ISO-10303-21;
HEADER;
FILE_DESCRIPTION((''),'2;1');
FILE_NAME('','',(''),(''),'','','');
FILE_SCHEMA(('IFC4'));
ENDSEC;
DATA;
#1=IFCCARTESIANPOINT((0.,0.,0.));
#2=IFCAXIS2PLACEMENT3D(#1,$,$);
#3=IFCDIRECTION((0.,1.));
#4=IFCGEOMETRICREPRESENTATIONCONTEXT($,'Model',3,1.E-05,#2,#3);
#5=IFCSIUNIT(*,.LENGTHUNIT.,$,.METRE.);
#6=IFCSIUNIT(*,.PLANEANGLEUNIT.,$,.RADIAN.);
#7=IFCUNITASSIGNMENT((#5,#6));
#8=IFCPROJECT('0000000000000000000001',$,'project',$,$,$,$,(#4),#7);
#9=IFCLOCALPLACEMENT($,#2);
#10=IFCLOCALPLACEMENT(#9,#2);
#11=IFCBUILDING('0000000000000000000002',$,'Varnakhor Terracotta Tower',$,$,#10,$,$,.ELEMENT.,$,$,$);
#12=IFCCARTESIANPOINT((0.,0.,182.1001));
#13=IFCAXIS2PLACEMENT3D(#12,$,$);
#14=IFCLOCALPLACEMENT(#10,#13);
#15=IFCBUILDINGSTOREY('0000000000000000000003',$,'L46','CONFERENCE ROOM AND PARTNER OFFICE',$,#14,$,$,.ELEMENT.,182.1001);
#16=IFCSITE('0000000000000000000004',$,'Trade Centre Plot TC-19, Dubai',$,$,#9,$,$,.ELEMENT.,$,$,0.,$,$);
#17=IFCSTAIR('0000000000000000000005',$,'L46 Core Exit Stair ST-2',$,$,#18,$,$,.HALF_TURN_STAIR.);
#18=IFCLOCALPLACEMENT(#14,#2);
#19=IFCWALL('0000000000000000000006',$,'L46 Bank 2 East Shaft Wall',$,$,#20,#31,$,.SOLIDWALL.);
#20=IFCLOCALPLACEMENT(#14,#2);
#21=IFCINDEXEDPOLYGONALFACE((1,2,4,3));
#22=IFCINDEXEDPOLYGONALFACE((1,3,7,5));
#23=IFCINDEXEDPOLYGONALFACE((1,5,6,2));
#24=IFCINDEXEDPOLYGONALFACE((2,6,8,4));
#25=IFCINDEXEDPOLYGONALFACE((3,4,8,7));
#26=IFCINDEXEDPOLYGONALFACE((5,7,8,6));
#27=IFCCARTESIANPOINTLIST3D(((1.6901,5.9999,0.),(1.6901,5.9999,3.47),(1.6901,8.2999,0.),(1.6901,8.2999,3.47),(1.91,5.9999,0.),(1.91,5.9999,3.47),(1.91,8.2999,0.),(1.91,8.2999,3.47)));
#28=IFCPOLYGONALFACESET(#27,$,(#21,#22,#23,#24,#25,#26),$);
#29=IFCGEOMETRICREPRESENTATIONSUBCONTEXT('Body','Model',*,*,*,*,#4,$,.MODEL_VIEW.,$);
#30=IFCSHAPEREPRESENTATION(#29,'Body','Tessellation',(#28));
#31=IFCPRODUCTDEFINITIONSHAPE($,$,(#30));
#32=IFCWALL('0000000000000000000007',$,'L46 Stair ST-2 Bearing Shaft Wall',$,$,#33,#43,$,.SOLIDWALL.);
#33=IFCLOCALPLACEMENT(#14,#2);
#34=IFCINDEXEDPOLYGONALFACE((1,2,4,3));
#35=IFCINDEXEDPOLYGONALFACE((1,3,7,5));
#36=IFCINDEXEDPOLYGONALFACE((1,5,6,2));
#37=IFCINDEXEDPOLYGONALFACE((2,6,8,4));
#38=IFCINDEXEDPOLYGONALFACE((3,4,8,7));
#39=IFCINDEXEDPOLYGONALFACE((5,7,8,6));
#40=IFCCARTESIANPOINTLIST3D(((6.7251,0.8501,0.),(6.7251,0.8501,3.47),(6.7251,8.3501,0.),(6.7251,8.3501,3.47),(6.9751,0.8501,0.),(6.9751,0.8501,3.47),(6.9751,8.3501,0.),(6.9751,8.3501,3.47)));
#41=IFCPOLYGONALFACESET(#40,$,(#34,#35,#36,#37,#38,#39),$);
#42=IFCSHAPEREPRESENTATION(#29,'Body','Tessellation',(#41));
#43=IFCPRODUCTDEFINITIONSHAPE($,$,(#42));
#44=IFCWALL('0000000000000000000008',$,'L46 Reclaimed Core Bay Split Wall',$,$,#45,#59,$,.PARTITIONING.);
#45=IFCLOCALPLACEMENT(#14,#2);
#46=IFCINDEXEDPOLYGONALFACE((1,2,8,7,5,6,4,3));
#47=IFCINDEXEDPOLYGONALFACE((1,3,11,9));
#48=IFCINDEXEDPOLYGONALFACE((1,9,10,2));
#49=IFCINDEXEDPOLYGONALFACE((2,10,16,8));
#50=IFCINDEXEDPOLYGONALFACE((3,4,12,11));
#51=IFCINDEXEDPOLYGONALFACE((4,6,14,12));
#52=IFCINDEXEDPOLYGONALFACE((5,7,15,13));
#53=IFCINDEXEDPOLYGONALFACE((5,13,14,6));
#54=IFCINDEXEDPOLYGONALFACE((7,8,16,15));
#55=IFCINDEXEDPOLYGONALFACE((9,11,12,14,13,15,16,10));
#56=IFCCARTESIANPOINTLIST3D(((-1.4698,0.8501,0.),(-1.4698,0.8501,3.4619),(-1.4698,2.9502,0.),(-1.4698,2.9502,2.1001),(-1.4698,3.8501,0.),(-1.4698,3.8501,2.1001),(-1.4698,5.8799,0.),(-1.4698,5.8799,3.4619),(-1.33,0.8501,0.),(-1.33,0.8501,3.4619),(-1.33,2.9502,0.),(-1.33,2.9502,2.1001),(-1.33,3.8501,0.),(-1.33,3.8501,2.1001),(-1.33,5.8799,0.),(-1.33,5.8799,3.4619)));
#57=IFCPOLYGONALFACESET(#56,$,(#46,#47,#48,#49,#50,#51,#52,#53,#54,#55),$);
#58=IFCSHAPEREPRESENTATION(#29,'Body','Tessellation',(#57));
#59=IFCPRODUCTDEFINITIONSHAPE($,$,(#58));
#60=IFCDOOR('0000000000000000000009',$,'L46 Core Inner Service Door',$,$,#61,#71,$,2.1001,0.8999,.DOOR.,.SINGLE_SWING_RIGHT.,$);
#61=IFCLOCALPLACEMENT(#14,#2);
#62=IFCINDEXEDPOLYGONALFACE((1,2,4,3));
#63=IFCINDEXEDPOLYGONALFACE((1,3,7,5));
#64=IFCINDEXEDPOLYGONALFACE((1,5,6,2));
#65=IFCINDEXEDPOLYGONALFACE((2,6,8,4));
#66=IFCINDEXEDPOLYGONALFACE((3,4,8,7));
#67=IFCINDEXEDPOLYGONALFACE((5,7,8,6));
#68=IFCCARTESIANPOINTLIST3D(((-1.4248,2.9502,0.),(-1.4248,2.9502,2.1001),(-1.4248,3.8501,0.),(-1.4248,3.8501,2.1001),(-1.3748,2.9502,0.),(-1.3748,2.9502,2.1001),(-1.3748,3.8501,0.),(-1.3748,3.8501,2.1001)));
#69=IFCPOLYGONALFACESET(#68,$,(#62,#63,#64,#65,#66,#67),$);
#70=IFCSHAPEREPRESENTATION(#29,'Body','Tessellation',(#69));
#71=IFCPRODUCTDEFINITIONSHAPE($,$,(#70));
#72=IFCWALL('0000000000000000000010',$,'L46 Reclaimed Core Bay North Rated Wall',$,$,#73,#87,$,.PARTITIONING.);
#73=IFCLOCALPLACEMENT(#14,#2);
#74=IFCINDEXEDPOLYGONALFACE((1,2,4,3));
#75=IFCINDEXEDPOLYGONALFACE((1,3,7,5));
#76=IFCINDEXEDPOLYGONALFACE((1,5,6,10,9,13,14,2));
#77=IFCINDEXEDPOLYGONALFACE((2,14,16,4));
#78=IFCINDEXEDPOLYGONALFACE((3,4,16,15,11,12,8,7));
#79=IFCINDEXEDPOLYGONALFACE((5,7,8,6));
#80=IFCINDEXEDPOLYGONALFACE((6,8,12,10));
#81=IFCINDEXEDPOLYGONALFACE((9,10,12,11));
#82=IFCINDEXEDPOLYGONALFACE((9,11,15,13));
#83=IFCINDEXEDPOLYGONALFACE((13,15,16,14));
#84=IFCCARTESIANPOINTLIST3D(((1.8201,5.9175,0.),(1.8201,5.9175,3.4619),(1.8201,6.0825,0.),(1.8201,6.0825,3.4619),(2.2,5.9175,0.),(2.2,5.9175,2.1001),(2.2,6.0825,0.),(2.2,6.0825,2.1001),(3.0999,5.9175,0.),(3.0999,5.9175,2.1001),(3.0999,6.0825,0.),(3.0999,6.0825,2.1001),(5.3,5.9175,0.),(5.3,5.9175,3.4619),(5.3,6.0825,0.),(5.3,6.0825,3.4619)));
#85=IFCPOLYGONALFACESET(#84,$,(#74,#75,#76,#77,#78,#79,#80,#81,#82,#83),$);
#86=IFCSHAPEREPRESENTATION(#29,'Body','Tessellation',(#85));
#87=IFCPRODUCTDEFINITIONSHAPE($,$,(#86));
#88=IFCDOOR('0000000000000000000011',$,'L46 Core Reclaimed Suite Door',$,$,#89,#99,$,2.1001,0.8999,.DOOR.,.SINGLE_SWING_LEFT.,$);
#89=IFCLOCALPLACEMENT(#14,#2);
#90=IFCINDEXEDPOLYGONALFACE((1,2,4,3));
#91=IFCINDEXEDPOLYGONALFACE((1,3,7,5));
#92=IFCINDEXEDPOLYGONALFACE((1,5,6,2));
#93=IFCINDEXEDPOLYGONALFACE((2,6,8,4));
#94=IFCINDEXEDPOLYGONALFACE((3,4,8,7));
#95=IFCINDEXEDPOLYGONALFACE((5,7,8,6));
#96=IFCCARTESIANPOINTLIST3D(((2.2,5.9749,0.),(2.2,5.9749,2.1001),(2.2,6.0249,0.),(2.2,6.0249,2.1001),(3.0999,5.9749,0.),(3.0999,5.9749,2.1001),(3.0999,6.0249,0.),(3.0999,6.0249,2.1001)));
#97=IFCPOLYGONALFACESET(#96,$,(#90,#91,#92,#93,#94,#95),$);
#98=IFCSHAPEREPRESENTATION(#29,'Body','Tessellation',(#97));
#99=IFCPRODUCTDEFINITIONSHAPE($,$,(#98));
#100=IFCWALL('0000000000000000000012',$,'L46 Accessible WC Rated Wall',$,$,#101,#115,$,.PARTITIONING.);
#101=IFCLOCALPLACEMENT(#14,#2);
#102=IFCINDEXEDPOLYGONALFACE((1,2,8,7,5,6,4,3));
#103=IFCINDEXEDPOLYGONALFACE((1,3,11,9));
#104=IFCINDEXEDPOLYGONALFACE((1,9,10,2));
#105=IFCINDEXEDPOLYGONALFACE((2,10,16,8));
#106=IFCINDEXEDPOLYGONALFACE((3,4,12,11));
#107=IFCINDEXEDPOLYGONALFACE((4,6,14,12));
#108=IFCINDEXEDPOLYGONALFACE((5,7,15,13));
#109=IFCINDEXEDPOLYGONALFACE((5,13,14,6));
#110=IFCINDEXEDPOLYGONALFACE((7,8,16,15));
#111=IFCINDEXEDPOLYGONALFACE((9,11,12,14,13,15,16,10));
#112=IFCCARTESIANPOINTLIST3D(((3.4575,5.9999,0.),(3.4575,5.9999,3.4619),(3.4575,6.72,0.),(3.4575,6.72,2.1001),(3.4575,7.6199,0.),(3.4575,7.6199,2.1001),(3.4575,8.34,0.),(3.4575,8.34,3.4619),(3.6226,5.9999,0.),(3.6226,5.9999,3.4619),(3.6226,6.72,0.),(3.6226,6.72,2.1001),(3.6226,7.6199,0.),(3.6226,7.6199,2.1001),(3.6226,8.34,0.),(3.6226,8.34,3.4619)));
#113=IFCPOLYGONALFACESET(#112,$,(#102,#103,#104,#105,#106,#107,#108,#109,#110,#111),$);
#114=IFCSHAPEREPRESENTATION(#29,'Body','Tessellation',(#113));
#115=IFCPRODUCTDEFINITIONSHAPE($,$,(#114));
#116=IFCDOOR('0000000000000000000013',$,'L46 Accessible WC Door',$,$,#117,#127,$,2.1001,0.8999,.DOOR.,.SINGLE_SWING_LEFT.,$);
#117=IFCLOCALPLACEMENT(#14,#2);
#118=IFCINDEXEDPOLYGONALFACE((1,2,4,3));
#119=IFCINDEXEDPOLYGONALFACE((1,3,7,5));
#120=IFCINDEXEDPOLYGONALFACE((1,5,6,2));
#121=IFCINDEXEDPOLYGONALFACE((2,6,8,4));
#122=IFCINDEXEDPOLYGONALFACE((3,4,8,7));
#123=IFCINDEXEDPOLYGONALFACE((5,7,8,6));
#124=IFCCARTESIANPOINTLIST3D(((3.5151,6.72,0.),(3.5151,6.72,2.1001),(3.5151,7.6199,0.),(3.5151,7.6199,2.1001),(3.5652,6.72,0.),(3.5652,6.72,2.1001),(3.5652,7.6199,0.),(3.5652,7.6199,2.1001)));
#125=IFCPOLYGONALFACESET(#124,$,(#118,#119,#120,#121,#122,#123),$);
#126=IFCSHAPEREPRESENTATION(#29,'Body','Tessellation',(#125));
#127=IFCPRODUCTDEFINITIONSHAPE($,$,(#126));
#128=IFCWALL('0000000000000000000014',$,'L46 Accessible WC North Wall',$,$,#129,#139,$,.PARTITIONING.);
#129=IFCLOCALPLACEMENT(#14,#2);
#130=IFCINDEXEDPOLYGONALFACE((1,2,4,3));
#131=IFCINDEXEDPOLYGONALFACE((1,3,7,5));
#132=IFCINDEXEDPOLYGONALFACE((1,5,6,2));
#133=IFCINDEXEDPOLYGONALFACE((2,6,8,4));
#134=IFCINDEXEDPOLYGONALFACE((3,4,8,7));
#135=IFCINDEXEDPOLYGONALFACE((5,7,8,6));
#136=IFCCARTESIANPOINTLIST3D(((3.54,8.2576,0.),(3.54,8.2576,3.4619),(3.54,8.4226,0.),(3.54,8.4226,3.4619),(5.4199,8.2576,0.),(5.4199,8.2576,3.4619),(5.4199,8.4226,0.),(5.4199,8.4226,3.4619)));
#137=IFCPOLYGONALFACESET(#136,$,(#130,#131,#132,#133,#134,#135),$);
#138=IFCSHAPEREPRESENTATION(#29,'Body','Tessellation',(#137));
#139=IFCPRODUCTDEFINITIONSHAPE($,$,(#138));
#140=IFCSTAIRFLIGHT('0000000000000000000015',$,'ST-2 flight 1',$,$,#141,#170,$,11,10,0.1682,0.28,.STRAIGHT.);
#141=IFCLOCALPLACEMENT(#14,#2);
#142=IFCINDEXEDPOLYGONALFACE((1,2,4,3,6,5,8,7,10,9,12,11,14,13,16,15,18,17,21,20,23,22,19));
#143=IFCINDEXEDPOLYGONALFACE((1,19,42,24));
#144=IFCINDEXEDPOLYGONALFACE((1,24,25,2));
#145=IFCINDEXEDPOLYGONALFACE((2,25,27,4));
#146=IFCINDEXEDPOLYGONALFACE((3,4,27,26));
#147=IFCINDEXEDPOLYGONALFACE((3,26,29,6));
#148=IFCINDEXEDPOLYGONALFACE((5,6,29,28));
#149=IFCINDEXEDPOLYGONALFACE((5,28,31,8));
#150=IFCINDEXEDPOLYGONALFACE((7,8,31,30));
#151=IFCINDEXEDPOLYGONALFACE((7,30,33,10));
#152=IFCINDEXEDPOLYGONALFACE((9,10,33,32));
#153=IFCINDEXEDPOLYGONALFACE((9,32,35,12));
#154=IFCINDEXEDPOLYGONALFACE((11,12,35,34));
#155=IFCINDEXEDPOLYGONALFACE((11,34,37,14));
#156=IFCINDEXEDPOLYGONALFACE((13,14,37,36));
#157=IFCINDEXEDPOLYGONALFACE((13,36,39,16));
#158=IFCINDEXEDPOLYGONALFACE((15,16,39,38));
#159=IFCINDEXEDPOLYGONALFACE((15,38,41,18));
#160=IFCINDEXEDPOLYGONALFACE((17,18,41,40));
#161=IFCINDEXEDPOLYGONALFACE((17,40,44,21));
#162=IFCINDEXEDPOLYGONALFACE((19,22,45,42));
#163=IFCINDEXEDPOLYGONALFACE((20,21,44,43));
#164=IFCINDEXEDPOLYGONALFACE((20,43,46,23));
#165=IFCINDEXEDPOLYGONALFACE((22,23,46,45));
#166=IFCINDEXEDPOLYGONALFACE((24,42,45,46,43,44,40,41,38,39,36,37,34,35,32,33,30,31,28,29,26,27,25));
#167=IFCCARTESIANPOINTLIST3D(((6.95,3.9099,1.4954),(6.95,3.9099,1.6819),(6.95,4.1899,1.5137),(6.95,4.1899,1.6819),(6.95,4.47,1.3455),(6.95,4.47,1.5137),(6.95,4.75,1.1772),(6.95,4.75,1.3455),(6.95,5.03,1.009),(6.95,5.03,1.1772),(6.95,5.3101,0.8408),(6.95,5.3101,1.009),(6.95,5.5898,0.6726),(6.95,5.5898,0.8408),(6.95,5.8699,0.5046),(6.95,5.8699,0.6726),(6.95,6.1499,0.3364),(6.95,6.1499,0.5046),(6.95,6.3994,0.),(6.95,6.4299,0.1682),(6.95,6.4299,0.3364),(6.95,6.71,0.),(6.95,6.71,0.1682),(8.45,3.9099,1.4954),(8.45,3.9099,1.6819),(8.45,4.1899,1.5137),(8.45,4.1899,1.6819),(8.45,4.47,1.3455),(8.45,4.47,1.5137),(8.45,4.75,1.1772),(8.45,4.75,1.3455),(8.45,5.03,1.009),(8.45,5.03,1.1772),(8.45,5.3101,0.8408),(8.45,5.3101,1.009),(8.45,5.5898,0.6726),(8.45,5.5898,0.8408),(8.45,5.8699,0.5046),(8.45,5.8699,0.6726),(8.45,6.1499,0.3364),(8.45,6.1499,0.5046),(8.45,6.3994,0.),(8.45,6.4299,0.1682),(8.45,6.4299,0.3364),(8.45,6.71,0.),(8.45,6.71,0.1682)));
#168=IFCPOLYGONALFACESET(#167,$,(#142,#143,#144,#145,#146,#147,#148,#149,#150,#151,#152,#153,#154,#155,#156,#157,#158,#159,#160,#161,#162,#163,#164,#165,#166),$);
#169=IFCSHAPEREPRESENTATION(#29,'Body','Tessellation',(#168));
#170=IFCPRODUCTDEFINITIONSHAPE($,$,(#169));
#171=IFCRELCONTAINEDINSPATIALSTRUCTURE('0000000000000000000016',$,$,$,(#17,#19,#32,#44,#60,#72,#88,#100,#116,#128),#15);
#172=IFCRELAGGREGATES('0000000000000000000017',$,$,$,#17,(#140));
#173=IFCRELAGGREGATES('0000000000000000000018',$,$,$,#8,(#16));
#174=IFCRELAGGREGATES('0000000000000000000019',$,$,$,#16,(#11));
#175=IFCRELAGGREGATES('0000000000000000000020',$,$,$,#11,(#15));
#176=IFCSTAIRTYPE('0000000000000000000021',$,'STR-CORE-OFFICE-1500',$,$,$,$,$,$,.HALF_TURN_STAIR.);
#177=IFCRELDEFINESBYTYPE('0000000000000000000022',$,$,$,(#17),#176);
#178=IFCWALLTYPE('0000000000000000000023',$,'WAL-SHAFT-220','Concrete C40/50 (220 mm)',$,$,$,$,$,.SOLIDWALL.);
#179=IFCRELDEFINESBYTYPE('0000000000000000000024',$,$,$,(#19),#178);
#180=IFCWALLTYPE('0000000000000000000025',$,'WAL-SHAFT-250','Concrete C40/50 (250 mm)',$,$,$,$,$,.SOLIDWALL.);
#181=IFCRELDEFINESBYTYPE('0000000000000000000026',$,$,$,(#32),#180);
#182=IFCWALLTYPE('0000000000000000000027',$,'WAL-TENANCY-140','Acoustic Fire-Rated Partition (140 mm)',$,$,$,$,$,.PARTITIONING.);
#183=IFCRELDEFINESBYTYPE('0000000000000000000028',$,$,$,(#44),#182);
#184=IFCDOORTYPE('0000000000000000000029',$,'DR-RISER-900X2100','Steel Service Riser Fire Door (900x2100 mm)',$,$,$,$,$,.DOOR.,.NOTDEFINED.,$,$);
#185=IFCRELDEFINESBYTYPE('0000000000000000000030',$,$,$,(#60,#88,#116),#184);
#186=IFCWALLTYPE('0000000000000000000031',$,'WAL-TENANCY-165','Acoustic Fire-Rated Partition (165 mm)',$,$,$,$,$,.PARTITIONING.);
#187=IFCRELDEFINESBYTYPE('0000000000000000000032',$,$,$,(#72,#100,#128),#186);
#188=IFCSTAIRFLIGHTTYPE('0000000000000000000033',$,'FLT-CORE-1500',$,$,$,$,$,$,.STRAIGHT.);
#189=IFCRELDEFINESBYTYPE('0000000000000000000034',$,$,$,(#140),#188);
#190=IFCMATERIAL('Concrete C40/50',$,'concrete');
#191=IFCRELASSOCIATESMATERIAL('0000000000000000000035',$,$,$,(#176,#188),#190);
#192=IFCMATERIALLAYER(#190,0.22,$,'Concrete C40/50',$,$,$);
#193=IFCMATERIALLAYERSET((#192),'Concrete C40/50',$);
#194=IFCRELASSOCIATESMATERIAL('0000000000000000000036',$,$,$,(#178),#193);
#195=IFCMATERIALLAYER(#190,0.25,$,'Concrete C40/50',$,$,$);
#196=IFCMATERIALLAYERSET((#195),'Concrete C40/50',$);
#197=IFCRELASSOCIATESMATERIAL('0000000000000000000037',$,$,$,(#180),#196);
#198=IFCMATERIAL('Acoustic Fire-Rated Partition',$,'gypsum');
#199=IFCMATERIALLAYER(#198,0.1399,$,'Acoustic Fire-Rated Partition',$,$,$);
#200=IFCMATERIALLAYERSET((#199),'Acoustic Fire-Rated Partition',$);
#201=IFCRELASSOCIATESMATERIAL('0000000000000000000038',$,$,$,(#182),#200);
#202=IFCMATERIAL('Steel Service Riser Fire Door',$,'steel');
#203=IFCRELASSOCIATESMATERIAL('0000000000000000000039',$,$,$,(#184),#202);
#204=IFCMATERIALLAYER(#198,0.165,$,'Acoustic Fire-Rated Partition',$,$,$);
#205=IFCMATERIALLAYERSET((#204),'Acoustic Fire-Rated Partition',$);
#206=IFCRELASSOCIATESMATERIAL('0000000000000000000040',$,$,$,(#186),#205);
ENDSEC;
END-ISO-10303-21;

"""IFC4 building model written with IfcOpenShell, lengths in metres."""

from ifc_helpers import new_model, si_unit, direction, frame, frame_2d, origin, place, context, subcontext, project, spatial, polyline, rectangle, outline, extrude, source, transform, mapped, material, layer, layer_set, type_object, type_shapes, element, fill, aggregate, save


model = new_model("IFC4")

# Units and contexts
model_context = context("Model", 3, precision=1e-05, world=origin(), true_north=direction((0.0, 1.0)))
body_context = subcontext(model_context, "Body", "Model", "MODEL_VIEW")
ifc_project = project(units=[si_unit("LENGTHUNIT", "METRE"), si_unit("PLANEANGLEUNIT", "RADIAN")], contexts=[model_context])

# Site, building, storey
site_placement = place(None, origin())
site = spatial("IfcSite", under=ifc_project, at=site_placement, Name="Trade Centre Plot TC-19, Dubai", CompositionType="ELEMENT", RefElevation=0.0)
building_placement = place(site_placement, origin())
building = spatial("IfcBuilding", under=site, at=building_placement, Name="Varnakhor Terracotta Tower", CompositionType="ELEMENT")
storey_placement = place(building_placement, frame((0.0, 0.0, 182.1001)))
storey = spatial("IfcBuildingStorey", under=building, at=storey_placement, Name="L46", Description="CONFERENCE ROOM AND PARTNER OFFICE", CompositionType="ELEMENT", Elevation=182.1001)

# Stair
ifc_material_1 = material(Name="Concrete C40/50", Category="concrete")
stair_type = type_object("IfcStairType", Name="STR-CORE-OFFICE-1500", PredefinedType="HALF_TURN_STAIR", material=ifc_material_1)
stair_1_placement = place(storey_placement, origin())
stair_1 = element("IfcStair", 1, at=stair_1_placement, inside=storey, type_object=stair_type, Name="L46 Core Exit Stair ST-2", PredefinedType="HALF_TURN_STAIR")

# Walls
ifc_layer_1 = layer(ifc_material_1, 0.22, Name="Concrete C40/50")
ifc_layer_set_1 = layer_set([ifc_layer_1], Name="Concrete C40/50")
wall_type_1 = type_object("IfcWallType", Name="WAL-SHAFT-220", Description="Concrete C40/50 (220 mm)", PredefinedType="SOLIDWALL", material=ifc_layer_set_1)
wall_1_placement = place(storey_placement, frame((1.8, 6.0, 0.0), z_axis=(0.0, 0.0, 1.0), x_axis=(0.0, 1.0, 0.0)))
element("IfcWall", 2, at=wall_1_placement, inside=storey, type_object=wall_type_1, Name="L46 Bank 2 East Shaft Wall", PredefinedType="SOLIDWALL", context=body_context, shape_type="SweptSolid", body=[
    extrude(rectangle(XDim=2.3, YDim=0.22, at=frame_2d((1.1499, 0.0))), origin(), (0.0, 0.0, 1.0), 3.47),
])
ifc_layer_2 = layer(ifc_material_1, 0.25, Name="Concrete C40/50")
ifc_layer_set_2 = layer_set([ifc_layer_2], Name="Concrete C40/50")
wall_type_2 = type_object("IfcWallType", Name="WAL-SHAFT-250", Description="Concrete C40/50 (250 mm)", PredefinedType="SOLIDWALL", material=ifc_layer_set_2)
wall_2_placement = place(storey_placement, frame((6.8501, 0.8501, 0.0), z_axis=(0.0, 0.0, 1.0), x_axis=(0.0, 1.0, 0.0)))
element("IfcWall", 3, at=wall_2_placement, inside=storey, type_object=wall_type_2, Name="L46 Stair ST-2 Bearing Shaft Wall", PredefinedType="SOLIDWALL", context=body_context, shape_type="SweptSolid", body=[
    extrude(rectangle(XDim=7.5, YDim=0.25, at=frame_2d((3.75, 0.0))), origin(), (0.0, 0.0, 1.0), 3.47),
])

# Walls, openings, doors
ifc_material_2 = material(Name="Acoustic Fire-Rated Partition", Category="gypsum")
ifc_layer_3 = layer(ifc_material_2, 0.1399, Name="Acoustic Fire-Rated Partition")
ifc_layer_set_3 = layer_set([ifc_layer_3], Name="Acoustic Fire-Rated Partition")
wall_type_3 = type_object("IfcWallType", Name="WAL-TENANCY-140", Description="Acoustic Fire-Rated Partition (140 mm)", PredefinedType="PARTITIONING", material=ifc_layer_set_3)
wall_3_placement = place(storey_placement, frame((-1.3999, 0.8501, 0.0), z_axis=(0.0, 0.0, 1.0), x_axis=(0.0, 1.0, 0.0)))
wall_3 = element("IfcWall", 4, at=wall_3_placement, inside=storey, type_object=wall_type_3, Name="L46 Reclaimed Core Bay Split Wall", PredefinedType="PARTITIONING", context=body_context, shape_type="SweptSolid", body=[
    extrude(rectangle(XDim=5.0298, YDim=0.1399, at=frame_2d((2.5149, 0.0))), origin(), (0.0, 0.0, 1.0), 3.4619),
])
opening_1_placement = place(wall_3_placement, frame((2.1001, 0.0, 0.0)))
opening_1 = element("IfcOpeningElement", 5, at=opening_1_placement, cuts=wall_3, PredefinedType="OPENING", context=body_context, shape_type="SweptSolid", body=[
    extrude(rectangle(XDim=0.8999, YDim=2.1001, at=frame_2d((0.45, 1.05))), frame((0.0, 0.0801, 0.0), z_axis=(0.0, -1.0, 0.0), x_axis=(1.0, 0.0, 0.0)), (0.0, 0.0, 1.0), 0.1599),
])
ifc_material_3 = material(Name="Steel Service Riser Fire Door", Category="steel")
door_type_1 = type_object("IfcDoorType", Name="DR-RISER-900X2100", Description="Steel Service Riser Fire Door (900x2100 mm)", OperationType="NOTDEFINED", PredefinedType="DOOR", material=ifc_material_3)
shared_shape_1 = source(origin(), body_context, "Body", "SweptSolid", [
    extrude(rectangle(XDim=0.8999, YDim=2.1001, at=frame_2d((0.45, 1.05))), frame((0.0, 0.0249, 0.0), z_axis=(0.0, -1.0, 0.0), x_axis=(1.0, 0.0, 0.0)), (0.0, 0.0, 1.0), 0.05),
])
type_shapes(door_type_1, [shared_shape_1])
door_1_placement = place(opening_1_placement, origin())
door_1 = element("IfcDoor", 6, at=door_1_placement, inside=storey, type_object=door_type_1, Name="L46 Core Inner Service Door", OperationType="SINGLE_SWING_RIGHT", OverallHeight=2.1001, OverallWidth=0.8999, PredefinedType="DOOR", context=body_context, shape_type="MappedRepresentation", body=[
    mapped(shared_shape_1, transform((0.0, 0.0, 0.0), scale=1.0)),
])
fill(opening_1, door_1)
ifc_layer_4 = layer(ifc_material_2, 0.165, Name="Acoustic Fire-Rated Partition")
ifc_layer_set_4 = layer_set([ifc_layer_4], Name="Acoustic Fire-Rated Partition")
wall_type_4 = type_object("IfcWallType", Name="WAL-TENANCY-165", Description="Acoustic Fire-Rated Partition (165 mm)", PredefinedType="PARTITIONING", material=ifc_layer_set_4)
wall_4_placement = place(storey_placement, frame((1.8201, 6.0, 0.0), z_axis=(0.0, 0.0, 1.0), x_axis=(1.0, 0.0, 0.0)))
wall_4 = element("IfcWall", 7, at=wall_4_placement, inside=storey, type_object=wall_type_4, Name="L46 Reclaimed Core Bay North Rated Wall", PredefinedType="PARTITIONING", context=body_context, shape_type="SweptSolid", body=[
    extrude(rectangle(XDim=3.48, YDim=0.165, at=frame_2d((1.74, 0.0))), origin(), (0.0, 0.0, 1.0), 3.4619),
])
opening_2_placement = place(wall_4_placement, frame((0.3799, 0.0, 0.0)))
opening_2 = element("IfcOpeningElement", 8, at=opening_2_placement, cuts=wall_4, PredefinedType="OPENING", context=body_context, shape_type="SweptSolid", body=[
    extrude(rectangle(XDim=0.8999, YDim=2.1001, at=frame_2d((0.45, 1.05))), frame((0.0, 0.0925, 0.0), z_axis=(0.0, -1.0, 0.0), x_axis=(1.0, 0.0, 0.0)), (0.0, 0.0, 1.0), 0.1851),
])
door_2_placement = place(opening_2_placement, origin())
door_2 = element("IfcDoor", 9, at=door_2_placement, inside=storey, type_object=door_type_1, Name="L46 Core Reclaimed Suite Door", OperationType="SINGLE_SWING_LEFT", OverallHeight=2.1001, OverallWidth=0.8999, PredefinedType="DOOR", context=body_context, shape_type="MappedRepresentation", body=[
    mapped(shared_shape_1, transform((0.0, 0.0, 0.0), scale=1.0)),
])
fill(opening_2, door_2)
wall_5_placement = place(storey_placement, frame((3.54, 6.0, 0.0), z_axis=(0.0, 0.0, 1.0), x_axis=(0.0, 1.0, 0.0)))
wall_5 = element("IfcWall", 10, at=wall_5_placement, inside=storey, type_object=wall_type_4, Name="L46 Accessible WC Rated Wall", PredefinedType="PARTITIONING", context=body_context, shape_type="SweptSolid", body=[
    extrude(rectangle(XDim=2.3401, YDim=0.165, at=frame_2d((1.1699, 0.0))), origin(), (0.0, 0.0, 1.0), 3.4619),
])
opening_3_placement = place(wall_5_placement, frame((0.72, 0.0, 0.0)))
opening_3 = element("IfcOpeningElement", 11, at=opening_3_placement, cuts=wall_5, PredefinedType="OPENING", context=body_context, shape_type="SweptSolid", body=[
    extrude(rectangle(XDim=0.8999, YDim=2.1001, at=frame_2d((0.45, 1.05))), frame((0.0, 0.0925, 0.0), z_axis=(0.0, -1.0, 0.0), x_axis=(1.0, 0.0, 0.0)), (0.0, 0.0, 1.0), 0.1851),
])
door_3_placement = place(opening_3_placement, origin())
door_3 = element("IfcDoor", 12, at=door_3_placement, inside=storey, type_object=door_type_1, Name="L46 Accessible WC Door", OperationType="SINGLE_SWING_LEFT", OverallHeight=2.1001, OverallWidth=0.8999, PredefinedType="DOOR", context=body_context, shape_type="MappedRepresentation", body=[
    mapped(shared_shape_1, transform((0.0, 0.0, 0.0), scale=1.0)),
])
fill(opening_3, door_3)

# Wall
wall_6_placement = place(storey_placement, frame((3.54, 8.3401, 0.0), z_axis=(0.0, 0.0, 1.0), x_axis=(1.0, 0.0, 0.0)))
element("IfcWall", 13, at=wall_6_placement, inside=storey, type_object=wall_type_4, Name="L46 Accessible WC North Wall", PredefinedType="PARTITIONING", context=body_context, shape_type="SweptSolid", body=[
    extrude(rectangle(XDim=1.8799, YDim=0.165, at=frame_2d((0.9399, 0.0))), origin(), (0.0, 0.0, 1.0), 3.4619),
])

# Stair flight
stair_flight_type = type_object("IfcStairFlightType", Name="FLT-CORE-1500", PredefinedType="STRAIGHT", material=ifc_material_1)
stair_flight_1_placement = place(storey_placement, frame((7.7, 6.71, 0.0), z_axis=(0.0, 0.0, 1.0), x_axis=(0.0, -1.0, 0.0)))
stair_flight_1 = element("IfcStairFlight", 14, at=stair_flight_1_placement, type_object=stair_flight_type, Name="ST-2 flight 1", NumberOfRisers=11, NumberOfTreads=10, PredefinedType="STRAIGHT", RiserHeight=0.1682, TreadLength=0.28, context=body_context, shape_type="SweptSolid", body=[
    extrude(outline(polyline([(0.0, 0.0), (0.0, 0.1682), (0.28, 0.1682), (0.28, 0.3364), (0.5601, 0.3364), (0.5601, 0.5046), (0.8401, 0.5046), (0.8401, 0.6726), (1.1201, 0.6726), (1.1201, 0.8408), (1.3999, 0.8408), (1.3999, 1.009), (1.6799, 1.009), (1.6799, 1.1772), (1.96, 1.1772), (1.96, 1.3455), (2.24, 1.3455), (2.24, 1.5137), (2.52, 1.5137), (2.52, 1.6819), (2.8, 1.6819), (2.8, 1.8501), (2.8, 1.4954), (0.3105, 0.0), (0.0, 0.0)])), frame((0.0, 0.75, 0.0), z_axis=(0.0, -1.0, 0.0), x_axis=(1.0, 0.0, 0.0)), (0.0, 0.0, 1.0), 1.5),
])
aggregate(stair_1, [stair_flight_1])

save(model, "model.ifc")
